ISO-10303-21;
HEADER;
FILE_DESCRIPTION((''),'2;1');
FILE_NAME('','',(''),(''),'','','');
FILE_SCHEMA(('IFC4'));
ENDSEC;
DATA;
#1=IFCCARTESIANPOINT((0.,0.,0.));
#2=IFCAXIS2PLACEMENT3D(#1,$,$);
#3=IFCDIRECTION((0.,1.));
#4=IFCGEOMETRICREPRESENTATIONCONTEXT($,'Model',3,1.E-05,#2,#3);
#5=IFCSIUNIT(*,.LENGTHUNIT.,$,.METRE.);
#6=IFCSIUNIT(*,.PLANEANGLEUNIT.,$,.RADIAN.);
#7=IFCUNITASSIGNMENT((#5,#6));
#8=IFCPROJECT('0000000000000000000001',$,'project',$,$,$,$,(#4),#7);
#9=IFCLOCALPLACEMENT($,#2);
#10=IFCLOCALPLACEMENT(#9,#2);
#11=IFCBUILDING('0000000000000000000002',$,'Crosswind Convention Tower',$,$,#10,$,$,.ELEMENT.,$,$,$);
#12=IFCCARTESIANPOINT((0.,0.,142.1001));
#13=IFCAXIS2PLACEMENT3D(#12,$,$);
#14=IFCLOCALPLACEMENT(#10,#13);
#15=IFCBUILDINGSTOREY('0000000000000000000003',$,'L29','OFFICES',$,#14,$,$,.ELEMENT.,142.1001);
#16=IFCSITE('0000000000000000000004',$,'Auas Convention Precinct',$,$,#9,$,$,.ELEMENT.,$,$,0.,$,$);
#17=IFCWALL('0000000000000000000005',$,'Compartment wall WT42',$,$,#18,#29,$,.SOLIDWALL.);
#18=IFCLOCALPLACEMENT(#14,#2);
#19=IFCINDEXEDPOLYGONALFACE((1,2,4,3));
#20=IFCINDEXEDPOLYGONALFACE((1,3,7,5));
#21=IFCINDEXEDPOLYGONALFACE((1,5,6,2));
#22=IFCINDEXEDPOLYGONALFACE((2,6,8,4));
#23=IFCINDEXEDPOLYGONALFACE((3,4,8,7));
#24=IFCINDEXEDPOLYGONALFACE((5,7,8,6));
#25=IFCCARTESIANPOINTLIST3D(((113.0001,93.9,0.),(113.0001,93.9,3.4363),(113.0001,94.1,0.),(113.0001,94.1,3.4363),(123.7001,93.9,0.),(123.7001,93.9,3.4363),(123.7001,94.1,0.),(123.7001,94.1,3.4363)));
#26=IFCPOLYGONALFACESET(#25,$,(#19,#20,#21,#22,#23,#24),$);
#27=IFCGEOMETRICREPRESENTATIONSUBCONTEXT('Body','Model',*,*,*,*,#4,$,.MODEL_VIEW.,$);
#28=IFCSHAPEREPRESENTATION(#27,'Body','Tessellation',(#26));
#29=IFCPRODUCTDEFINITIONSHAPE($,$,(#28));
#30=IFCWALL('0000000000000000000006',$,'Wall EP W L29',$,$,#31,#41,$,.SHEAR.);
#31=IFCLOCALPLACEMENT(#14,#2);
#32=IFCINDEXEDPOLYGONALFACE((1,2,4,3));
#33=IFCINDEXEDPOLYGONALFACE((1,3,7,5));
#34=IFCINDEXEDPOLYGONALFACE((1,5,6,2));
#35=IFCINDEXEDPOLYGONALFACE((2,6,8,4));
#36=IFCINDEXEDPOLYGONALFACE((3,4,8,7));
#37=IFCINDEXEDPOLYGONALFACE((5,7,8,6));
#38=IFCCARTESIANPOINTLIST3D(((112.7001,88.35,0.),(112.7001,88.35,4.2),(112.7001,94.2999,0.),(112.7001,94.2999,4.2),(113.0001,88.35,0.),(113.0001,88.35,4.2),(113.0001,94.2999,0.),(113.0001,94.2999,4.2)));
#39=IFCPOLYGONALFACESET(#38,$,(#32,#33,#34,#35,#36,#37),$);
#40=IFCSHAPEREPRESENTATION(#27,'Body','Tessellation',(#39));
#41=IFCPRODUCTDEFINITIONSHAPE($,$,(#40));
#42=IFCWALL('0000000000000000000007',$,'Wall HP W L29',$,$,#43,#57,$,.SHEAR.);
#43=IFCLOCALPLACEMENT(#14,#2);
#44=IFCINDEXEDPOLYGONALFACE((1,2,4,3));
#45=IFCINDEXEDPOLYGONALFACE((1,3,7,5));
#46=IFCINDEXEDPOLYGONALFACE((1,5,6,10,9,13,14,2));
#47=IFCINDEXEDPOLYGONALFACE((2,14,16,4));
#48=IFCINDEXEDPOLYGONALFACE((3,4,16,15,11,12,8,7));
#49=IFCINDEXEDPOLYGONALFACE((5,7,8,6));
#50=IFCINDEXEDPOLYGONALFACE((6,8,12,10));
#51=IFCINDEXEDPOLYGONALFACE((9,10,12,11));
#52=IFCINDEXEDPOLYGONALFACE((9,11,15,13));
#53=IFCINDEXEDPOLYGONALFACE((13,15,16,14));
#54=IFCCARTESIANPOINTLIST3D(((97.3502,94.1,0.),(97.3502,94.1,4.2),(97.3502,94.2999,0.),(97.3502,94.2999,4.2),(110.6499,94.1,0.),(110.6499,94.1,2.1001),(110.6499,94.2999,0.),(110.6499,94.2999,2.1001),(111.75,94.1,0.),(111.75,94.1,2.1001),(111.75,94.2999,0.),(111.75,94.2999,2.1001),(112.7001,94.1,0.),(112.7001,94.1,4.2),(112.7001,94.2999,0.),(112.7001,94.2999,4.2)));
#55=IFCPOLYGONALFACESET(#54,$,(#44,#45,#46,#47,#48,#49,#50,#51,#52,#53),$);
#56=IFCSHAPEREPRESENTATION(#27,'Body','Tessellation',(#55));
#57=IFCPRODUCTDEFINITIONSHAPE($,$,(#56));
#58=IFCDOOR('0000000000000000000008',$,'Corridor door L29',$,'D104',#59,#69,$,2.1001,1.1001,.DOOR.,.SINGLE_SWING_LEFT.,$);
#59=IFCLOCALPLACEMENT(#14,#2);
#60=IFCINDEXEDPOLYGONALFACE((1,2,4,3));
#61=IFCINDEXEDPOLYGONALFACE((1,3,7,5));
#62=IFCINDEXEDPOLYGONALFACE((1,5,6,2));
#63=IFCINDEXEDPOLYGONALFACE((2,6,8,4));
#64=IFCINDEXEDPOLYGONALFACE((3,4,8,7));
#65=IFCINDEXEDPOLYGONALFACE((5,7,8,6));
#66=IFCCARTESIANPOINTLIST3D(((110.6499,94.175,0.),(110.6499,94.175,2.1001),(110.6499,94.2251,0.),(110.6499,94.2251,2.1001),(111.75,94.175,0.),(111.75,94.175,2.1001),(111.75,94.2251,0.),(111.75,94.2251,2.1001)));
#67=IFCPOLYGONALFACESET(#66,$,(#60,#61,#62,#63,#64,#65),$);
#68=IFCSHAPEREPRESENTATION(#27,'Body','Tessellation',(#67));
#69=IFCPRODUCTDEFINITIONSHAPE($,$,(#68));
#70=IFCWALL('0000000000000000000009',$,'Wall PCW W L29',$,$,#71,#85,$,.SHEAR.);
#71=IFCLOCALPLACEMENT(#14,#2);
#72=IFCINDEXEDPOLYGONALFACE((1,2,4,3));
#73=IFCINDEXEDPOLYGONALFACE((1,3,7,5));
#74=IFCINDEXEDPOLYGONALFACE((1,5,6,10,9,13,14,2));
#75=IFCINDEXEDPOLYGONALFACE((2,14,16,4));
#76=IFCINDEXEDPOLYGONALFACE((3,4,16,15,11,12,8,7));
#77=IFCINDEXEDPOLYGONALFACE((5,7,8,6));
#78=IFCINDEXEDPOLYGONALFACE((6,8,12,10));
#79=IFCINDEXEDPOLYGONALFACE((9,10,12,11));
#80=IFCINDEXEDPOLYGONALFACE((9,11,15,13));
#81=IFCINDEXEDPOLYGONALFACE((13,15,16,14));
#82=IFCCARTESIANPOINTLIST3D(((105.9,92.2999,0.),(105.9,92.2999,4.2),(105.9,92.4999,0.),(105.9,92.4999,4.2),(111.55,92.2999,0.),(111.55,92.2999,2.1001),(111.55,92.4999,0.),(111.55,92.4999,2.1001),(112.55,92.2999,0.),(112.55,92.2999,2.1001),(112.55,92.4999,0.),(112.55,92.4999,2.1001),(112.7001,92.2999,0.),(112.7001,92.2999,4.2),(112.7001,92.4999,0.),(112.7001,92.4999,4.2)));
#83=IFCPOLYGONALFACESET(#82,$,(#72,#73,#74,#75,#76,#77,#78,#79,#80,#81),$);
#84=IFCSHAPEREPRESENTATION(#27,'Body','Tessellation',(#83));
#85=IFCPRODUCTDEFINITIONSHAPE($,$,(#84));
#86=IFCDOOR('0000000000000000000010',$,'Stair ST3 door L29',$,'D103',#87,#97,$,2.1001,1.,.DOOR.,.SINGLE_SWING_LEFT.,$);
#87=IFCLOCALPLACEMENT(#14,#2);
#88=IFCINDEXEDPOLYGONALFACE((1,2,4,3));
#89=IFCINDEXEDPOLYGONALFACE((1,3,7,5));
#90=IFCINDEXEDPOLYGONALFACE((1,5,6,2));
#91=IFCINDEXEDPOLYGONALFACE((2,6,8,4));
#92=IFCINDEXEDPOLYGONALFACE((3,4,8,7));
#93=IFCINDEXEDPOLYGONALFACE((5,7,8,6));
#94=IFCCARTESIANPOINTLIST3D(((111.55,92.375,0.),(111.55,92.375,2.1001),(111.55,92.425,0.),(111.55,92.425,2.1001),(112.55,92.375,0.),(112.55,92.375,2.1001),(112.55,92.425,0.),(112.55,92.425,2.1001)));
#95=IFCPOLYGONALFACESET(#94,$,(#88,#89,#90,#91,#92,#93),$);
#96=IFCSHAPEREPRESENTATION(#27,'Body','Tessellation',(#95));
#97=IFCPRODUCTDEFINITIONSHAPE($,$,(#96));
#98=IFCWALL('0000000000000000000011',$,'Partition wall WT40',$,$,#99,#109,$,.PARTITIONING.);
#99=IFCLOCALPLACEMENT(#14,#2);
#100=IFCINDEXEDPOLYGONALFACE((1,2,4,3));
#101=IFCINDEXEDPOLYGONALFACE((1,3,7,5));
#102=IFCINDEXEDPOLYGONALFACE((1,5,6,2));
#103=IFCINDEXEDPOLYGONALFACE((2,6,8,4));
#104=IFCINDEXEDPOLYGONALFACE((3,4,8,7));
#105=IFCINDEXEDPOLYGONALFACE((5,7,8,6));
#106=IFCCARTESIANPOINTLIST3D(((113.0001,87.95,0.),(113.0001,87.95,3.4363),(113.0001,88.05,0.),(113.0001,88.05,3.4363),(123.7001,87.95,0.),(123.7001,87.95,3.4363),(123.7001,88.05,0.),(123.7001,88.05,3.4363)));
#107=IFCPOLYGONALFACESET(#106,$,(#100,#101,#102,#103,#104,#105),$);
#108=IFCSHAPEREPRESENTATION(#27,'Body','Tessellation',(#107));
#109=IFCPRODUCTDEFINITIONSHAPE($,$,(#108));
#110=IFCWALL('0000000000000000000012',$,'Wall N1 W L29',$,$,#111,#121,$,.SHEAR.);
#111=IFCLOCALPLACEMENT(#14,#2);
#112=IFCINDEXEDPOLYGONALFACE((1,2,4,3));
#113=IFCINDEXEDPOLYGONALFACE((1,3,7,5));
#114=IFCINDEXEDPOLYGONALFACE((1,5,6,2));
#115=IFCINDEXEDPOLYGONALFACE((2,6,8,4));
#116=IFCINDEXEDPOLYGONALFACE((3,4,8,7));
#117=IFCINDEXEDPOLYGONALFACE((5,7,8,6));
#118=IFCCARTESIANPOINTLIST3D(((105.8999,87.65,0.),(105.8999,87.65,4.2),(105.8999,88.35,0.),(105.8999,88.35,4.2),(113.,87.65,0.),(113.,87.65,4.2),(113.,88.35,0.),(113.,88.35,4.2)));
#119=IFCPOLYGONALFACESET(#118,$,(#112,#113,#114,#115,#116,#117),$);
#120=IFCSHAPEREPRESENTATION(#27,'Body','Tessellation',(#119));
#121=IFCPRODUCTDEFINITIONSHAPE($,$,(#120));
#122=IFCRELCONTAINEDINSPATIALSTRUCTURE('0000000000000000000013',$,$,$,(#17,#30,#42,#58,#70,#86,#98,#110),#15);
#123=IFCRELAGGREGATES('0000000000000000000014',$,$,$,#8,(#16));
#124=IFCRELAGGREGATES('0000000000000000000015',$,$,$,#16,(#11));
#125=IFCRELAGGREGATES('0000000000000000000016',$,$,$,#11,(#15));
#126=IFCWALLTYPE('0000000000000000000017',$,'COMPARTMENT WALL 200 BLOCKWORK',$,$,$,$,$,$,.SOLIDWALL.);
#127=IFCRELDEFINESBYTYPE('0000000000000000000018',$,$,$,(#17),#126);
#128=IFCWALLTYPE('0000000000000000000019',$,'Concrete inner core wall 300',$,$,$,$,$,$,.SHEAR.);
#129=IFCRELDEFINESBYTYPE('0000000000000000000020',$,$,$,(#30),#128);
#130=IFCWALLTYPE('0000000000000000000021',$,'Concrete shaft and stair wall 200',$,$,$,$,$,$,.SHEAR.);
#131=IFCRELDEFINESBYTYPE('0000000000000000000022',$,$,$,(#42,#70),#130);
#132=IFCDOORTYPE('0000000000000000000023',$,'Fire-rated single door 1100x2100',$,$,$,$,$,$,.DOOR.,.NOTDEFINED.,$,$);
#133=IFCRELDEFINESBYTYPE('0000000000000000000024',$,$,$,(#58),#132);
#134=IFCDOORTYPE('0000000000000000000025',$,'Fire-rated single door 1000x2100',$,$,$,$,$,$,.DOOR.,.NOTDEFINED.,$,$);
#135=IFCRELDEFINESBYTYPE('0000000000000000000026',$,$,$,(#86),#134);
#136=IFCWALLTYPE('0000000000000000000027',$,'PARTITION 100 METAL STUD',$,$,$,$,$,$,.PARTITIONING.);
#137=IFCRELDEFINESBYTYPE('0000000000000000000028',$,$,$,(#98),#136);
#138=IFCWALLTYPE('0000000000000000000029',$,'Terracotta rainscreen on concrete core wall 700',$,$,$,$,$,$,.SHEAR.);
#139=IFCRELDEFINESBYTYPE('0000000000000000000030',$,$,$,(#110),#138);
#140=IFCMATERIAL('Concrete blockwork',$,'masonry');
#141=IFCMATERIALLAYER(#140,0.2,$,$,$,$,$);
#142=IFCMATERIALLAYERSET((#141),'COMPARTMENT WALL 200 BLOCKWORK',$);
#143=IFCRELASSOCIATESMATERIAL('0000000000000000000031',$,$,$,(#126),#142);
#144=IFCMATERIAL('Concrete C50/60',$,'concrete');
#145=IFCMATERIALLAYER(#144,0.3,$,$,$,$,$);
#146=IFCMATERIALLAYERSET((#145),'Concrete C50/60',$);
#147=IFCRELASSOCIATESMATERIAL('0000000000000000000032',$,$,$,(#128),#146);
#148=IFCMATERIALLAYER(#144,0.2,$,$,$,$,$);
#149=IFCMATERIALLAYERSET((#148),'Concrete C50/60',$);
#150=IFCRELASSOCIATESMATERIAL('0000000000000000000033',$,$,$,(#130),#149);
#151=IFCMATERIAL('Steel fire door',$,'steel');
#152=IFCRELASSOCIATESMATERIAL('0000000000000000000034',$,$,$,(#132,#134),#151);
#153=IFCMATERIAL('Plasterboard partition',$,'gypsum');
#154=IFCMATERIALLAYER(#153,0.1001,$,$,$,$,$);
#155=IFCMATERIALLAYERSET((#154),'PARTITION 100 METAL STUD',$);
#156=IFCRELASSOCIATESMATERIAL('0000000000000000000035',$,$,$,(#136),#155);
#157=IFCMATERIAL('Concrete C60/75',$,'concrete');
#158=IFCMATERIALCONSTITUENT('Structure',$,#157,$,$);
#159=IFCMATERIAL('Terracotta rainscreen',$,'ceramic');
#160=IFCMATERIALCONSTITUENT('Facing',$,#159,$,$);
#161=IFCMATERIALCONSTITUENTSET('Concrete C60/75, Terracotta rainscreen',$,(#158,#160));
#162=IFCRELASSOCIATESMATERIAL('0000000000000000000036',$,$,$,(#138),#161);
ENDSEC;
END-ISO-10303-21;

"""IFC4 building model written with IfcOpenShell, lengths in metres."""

from ifc_helpers import new_model, si_unit, direction, frame, frame_2d, origin, place, context, subcontext, project, spatial, rectangle, extrude, material, layer, layer_set, constituent, constituent_set, type_object, element, fill, save


model = new_model("IFC4")

# Units and contexts
model_context = context("Model", 3, precision=1e-05, world=origin(), true_north=direction((0.0, 1.0)))
body_context = subcontext(model_context, "Body", "Model", "MODEL_VIEW")
ifc_project = project(units=[si_unit("LENGTHUNIT", "METRE"), si_unit("PLANEANGLEUNIT", "RADIAN")], contexts=[model_context])

# Site, building, storey
site_placement = place(None, origin())
site = spatial("IfcSite", under=ifc_project, at=site_placement, Name="Auas Convention Precinct", CompositionType="ELEMENT", RefElevation=0.0)
building_placement = place(site_placement, origin())
building = spatial("IfcBuilding", under=site, at=building_placement, Name="Crosswind Convention Tower", CompositionType="ELEMENT")
storey_placement = place(building_placement, frame((0.0, 0.0, 142.1001)))
storey = spatial("IfcBuildingStorey", under=building, at=storey_placement, Name="L29", Description="OFFICES", CompositionType="ELEMENT", Elevation=142.1001)

# Walls
ifc_material_1 = material(Name="Concrete blockwork", Category="masonry")
ifc_layer_1 = layer(ifc_material_1, 0.2)
ifc_layer_set_1 = layer_set([ifc_layer_1], Name="COMPARTMENT WALL 200 BLOCKWORK")
wall_type_1 = type_object("IfcWallType", Name="COMPARTMENT WALL 200 BLOCKWORK", PredefinedType="SOLIDWALL", material=ifc_layer_set_1)
wall_1_placement = place(storey_placement, frame((113.0, 94.0, 0.0), z_axis=(0.0, 0.0, 1.0), x_axis=(1.0, 0.0, 0.0)))
element("IfcWall", 1, at=wall_1_placement, inside=storey, type_object=wall_type_1, Name="Compartment wall WT42", PredefinedType="SOLIDWALL", context=body_context, shape_type="SweptSolid", body=[
    extrude(rectangle(XDim=10.7, YDim=0.2, at=frame_2d((5.3501, 0.0))), origin(), (0.0, 0.0, 1.0), 3.4363),
])
ifc_material_2 = material(Name="Concrete C50/60", Category="concrete")
ifc_layer_2 = layer(ifc_material_2, 0.3)
ifc_layer_set_2 = layer_set([ifc_layer_2], Name="Concrete C50/60")
wall_type_2 = type_object("IfcWallType", Name="Concrete inner core wall 300", PredefinedType="SHEAR", material=ifc_layer_set_2)
wall_2_placement = place(storey_placement, frame((112.8501, 94.3, 0.0), z_axis=(0.0, 0.0, 1.0), x_axis=(0.0, -1.0, 0.0)))
element("IfcWall", 2, at=wall_2_placement, inside=storey, type_object=wall_type_2, Name="Wall EP W L29", PredefinedType="SHEAR", context=body_context, shape_type="SweptSolid", body=[
    extrude(rectangle(XDim=5.95, YDim=0.3, at=frame_2d((2.9751, 0.0))), origin(), (0.0, 0.0, 1.0), 4.2),
])

# Walls, openings, doors
ifc_layer_3 = layer(ifc_material_2, 0.2)
ifc_layer_set_3 = layer_set([ifc_layer_3], Name="Concrete C50/60")
wall_type_3 = type_object("IfcWallType", Name="Concrete shaft and stair wall 200", PredefinedType="SHEAR", material=ifc_layer_set_3)
wall_3_placement = place(storey_placement, frame((112.7, 94.2, 0.0), z_axis=(0.0, 0.0, 1.0), x_axis=(-1.0, 0.0, 0.0)))
wall_3 = element("IfcWall", 3, at=wall_3_placement, inside=storey, type_object=wall_type_3, Name="Wall HP W L29", PredefinedType="SHEAR", context=body_context, shape_type="SweptSolid", body=[
    extrude(rectangle(XDim=15.3499, YDim=0.2, at=frame_2d((7.6748, 0.0))), origin(), (0.0, 0.0, 1.0), 4.2),
])
opening_1_placement = place(wall_3_placement, frame((0.95, 0.0, 0.0)))
opening_1 = element("IfcOpeningElement", 4, at=opening_1_placement, cuts=wall_3, PredefinedType="OPENING", context=body_context, shape_type="SweptSolid", body=[
    extrude(rectangle(XDim=1.1001, YDim=2.1001, at=frame_2d((0.55, 1.05))), frame((0.0, 0.1099, 0.0), z_axis=(0.0, -1.0, 0.0), x_axis=(1.0, 0.0, 0.0)), (0.0, 0.0, 1.0), 0.22),
])
ifc_material_3 = material(Name="Steel fire door", Category="steel")
door_type_1 = type_object("IfcDoorType", Name="Fire-rated single door 1100x2100", OperationType="NOTDEFINED", PredefinedType="DOOR", material=ifc_material_3)
door_1_placement = place(opening_1_placement, origin())
door_1 = element("IfcDoor", 5, at=door_1_placement, inside=storey, type_object=door_type_1, Name="Corridor door L29", ObjectType="D104", OperationType="SINGLE_SWING_LEFT", OverallHeight=2.1001, OverallWidth=1.1001, PredefinedType="DOOR", context=body_context, shape_type="SweptSolid", body=[
    extrude(rectangle(XDim=1.1001, YDim=2.1001, at=frame_2d((0.55, 1.05))), frame((0.0, 0.0249, 0.0), z_axis=(0.0, -1.0, 0.0), x_axis=(1.0, 0.0, 0.0)), (0.0, 0.0, 1.0), 0.05),
])
fill(opening_1, door_1)
wall_4_placement = place(storey_placement, frame((112.7, 92.3999, 0.0), z_axis=(0.0, 0.0, 1.0), x_axis=(-1.0, 0.0, 0.0)))
wall_4 = element("IfcWall", 6, at=wall_4_placement, inside=storey, type_object=wall_type_3, Name="Wall PCW W L29", PredefinedType="SHEAR", context=body_context, shape_type="SweptSolid", body=[
    extrude(rectangle(XDim=6.8, YDim=0.2, at=frame_2d((3.3999, 0.0))), origin(), (0.0, 0.0, 1.0), 4.2),
])
opening_2_placement = place(wall_4_placement, frame((0.1499, 0.0, 0.0)))
opening_2 = element("IfcOpeningElement", 7, at=opening_2_placement, cuts=wall_4, PredefinedType="OPENING", context=body_context, shape_type="SweptSolid", body=[
    extrude(rectangle(XDim=1.0, YDim=2.1001, at=frame_2d((0.5, 1.05))), frame((0.0, 0.1099, 0.0), z_axis=(0.0, -1.0, 0.0), x_axis=(1.0, 0.0, 0.0)), (0.0, 0.0, 1.0), 0.22),
])
door_type_2 = type_object("IfcDoorType", Name="Fire-rated single door 1000x2100", OperationType="NOTDEFINED", PredefinedType="DOOR", material=ifc_material_3)
door_2_placement = place(opening_2_placement, origin())
door_2 = element("IfcDoor", 8, at=door_2_placement, inside=storey, type_object=door_type_2, Name="Stair ST3 door L29", ObjectType="D103", OperationType="SINGLE_SWING_LEFT", OverallHeight=2.1001, OverallWidth=1.0, PredefinedType="DOOR", context=body_context, shape_type="SweptSolid", body=[
    extrude(rectangle(XDim=1.0, YDim=2.1001, at=frame_2d((0.5, 1.05))), frame((0.0, 0.0249, 0.0), z_axis=(0.0, -1.0, 0.0), x_axis=(1.0, 0.0, 0.0)), (0.0, 0.0, 1.0), 0.05),
])
fill(opening_2, door_2)

# Walls
ifc_material_4 = material(Name="Plasterboard partition", Category="gypsum")
ifc_layer_4 = layer(ifc_material_4, 0.1001)
ifc_layer_set_4 = layer_set([ifc_layer_4], Name="PARTITION 100 METAL STUD")
wall_type_4 = type_object("IfcWallType", Name="PARTITION 100 METAL STUD", PredefinedType="PARTITIONING", material=ifc_layer_set_4)
wall_5_placement = place(storey_placement, frame((113.0, 88.0, 0.0), z_axis=(0.0, 0.0, 1.0), x_axis=(1.0, 0.0, 0.0)))
element("IfcWall", 9, at=wall_5_placement, inside=storey, type_object=wall_type_4, Name="Partition wall WT40", PredefinedType="PARTITIONING", context=body_context, shape_type="SweptSolid", body=[
    extrude(rectangle(XDim=10.7, YDim=0.1001, at=frame_2d((5.3501, 0.0))), origin(), (0.0, 0.0, 1.0), 3.4363),
])
ifc_material_5 = material(Name="Concrete C60/75", Category="concrete")
ifc_constituent_1 = constituent(ifc_material_5, Name="Structure")
ifc_material_6 = material(Name="Terracotta rainscreen", Category="ceramic")
ifc_constituent_2 = constituent(ifc_material_6, Name="Facing")
ifc_constituent_set = constituent_set(constituents=[ifc_constituent_1, ifc_constituent_2], Name="Concrete C60/75, Terracotta rainscreen")
wall_type_5 = type_object("IfcWallType", Name="Terracotta rainscreen on concrete core wall 700", PredefinedType="SHEAR", material=ifc_constituent_set)
wall_6_placement = place(storey_placement, frame((113.0, 88.0, 0.0), z_axis=(0.0, 0.0, 1.0), x_axis=(-1.0, 0.0, 0.0)))
element("IfcWall", 10, at=wall_6_placement, inside=storey, type_object=wall_type_5, Name="Wall N1 W L29", PredefinedType="SHEAR", context=body_context, shape_type="SweptSolid", body=[
    extrude(rectangle(XDim=7.1001, YDim=0.7, at=frame_2d((3.55, 0.0))), origin(), (0.0, 0.0, 1.0), 4.2),
])

save(model, "model.ifc")
